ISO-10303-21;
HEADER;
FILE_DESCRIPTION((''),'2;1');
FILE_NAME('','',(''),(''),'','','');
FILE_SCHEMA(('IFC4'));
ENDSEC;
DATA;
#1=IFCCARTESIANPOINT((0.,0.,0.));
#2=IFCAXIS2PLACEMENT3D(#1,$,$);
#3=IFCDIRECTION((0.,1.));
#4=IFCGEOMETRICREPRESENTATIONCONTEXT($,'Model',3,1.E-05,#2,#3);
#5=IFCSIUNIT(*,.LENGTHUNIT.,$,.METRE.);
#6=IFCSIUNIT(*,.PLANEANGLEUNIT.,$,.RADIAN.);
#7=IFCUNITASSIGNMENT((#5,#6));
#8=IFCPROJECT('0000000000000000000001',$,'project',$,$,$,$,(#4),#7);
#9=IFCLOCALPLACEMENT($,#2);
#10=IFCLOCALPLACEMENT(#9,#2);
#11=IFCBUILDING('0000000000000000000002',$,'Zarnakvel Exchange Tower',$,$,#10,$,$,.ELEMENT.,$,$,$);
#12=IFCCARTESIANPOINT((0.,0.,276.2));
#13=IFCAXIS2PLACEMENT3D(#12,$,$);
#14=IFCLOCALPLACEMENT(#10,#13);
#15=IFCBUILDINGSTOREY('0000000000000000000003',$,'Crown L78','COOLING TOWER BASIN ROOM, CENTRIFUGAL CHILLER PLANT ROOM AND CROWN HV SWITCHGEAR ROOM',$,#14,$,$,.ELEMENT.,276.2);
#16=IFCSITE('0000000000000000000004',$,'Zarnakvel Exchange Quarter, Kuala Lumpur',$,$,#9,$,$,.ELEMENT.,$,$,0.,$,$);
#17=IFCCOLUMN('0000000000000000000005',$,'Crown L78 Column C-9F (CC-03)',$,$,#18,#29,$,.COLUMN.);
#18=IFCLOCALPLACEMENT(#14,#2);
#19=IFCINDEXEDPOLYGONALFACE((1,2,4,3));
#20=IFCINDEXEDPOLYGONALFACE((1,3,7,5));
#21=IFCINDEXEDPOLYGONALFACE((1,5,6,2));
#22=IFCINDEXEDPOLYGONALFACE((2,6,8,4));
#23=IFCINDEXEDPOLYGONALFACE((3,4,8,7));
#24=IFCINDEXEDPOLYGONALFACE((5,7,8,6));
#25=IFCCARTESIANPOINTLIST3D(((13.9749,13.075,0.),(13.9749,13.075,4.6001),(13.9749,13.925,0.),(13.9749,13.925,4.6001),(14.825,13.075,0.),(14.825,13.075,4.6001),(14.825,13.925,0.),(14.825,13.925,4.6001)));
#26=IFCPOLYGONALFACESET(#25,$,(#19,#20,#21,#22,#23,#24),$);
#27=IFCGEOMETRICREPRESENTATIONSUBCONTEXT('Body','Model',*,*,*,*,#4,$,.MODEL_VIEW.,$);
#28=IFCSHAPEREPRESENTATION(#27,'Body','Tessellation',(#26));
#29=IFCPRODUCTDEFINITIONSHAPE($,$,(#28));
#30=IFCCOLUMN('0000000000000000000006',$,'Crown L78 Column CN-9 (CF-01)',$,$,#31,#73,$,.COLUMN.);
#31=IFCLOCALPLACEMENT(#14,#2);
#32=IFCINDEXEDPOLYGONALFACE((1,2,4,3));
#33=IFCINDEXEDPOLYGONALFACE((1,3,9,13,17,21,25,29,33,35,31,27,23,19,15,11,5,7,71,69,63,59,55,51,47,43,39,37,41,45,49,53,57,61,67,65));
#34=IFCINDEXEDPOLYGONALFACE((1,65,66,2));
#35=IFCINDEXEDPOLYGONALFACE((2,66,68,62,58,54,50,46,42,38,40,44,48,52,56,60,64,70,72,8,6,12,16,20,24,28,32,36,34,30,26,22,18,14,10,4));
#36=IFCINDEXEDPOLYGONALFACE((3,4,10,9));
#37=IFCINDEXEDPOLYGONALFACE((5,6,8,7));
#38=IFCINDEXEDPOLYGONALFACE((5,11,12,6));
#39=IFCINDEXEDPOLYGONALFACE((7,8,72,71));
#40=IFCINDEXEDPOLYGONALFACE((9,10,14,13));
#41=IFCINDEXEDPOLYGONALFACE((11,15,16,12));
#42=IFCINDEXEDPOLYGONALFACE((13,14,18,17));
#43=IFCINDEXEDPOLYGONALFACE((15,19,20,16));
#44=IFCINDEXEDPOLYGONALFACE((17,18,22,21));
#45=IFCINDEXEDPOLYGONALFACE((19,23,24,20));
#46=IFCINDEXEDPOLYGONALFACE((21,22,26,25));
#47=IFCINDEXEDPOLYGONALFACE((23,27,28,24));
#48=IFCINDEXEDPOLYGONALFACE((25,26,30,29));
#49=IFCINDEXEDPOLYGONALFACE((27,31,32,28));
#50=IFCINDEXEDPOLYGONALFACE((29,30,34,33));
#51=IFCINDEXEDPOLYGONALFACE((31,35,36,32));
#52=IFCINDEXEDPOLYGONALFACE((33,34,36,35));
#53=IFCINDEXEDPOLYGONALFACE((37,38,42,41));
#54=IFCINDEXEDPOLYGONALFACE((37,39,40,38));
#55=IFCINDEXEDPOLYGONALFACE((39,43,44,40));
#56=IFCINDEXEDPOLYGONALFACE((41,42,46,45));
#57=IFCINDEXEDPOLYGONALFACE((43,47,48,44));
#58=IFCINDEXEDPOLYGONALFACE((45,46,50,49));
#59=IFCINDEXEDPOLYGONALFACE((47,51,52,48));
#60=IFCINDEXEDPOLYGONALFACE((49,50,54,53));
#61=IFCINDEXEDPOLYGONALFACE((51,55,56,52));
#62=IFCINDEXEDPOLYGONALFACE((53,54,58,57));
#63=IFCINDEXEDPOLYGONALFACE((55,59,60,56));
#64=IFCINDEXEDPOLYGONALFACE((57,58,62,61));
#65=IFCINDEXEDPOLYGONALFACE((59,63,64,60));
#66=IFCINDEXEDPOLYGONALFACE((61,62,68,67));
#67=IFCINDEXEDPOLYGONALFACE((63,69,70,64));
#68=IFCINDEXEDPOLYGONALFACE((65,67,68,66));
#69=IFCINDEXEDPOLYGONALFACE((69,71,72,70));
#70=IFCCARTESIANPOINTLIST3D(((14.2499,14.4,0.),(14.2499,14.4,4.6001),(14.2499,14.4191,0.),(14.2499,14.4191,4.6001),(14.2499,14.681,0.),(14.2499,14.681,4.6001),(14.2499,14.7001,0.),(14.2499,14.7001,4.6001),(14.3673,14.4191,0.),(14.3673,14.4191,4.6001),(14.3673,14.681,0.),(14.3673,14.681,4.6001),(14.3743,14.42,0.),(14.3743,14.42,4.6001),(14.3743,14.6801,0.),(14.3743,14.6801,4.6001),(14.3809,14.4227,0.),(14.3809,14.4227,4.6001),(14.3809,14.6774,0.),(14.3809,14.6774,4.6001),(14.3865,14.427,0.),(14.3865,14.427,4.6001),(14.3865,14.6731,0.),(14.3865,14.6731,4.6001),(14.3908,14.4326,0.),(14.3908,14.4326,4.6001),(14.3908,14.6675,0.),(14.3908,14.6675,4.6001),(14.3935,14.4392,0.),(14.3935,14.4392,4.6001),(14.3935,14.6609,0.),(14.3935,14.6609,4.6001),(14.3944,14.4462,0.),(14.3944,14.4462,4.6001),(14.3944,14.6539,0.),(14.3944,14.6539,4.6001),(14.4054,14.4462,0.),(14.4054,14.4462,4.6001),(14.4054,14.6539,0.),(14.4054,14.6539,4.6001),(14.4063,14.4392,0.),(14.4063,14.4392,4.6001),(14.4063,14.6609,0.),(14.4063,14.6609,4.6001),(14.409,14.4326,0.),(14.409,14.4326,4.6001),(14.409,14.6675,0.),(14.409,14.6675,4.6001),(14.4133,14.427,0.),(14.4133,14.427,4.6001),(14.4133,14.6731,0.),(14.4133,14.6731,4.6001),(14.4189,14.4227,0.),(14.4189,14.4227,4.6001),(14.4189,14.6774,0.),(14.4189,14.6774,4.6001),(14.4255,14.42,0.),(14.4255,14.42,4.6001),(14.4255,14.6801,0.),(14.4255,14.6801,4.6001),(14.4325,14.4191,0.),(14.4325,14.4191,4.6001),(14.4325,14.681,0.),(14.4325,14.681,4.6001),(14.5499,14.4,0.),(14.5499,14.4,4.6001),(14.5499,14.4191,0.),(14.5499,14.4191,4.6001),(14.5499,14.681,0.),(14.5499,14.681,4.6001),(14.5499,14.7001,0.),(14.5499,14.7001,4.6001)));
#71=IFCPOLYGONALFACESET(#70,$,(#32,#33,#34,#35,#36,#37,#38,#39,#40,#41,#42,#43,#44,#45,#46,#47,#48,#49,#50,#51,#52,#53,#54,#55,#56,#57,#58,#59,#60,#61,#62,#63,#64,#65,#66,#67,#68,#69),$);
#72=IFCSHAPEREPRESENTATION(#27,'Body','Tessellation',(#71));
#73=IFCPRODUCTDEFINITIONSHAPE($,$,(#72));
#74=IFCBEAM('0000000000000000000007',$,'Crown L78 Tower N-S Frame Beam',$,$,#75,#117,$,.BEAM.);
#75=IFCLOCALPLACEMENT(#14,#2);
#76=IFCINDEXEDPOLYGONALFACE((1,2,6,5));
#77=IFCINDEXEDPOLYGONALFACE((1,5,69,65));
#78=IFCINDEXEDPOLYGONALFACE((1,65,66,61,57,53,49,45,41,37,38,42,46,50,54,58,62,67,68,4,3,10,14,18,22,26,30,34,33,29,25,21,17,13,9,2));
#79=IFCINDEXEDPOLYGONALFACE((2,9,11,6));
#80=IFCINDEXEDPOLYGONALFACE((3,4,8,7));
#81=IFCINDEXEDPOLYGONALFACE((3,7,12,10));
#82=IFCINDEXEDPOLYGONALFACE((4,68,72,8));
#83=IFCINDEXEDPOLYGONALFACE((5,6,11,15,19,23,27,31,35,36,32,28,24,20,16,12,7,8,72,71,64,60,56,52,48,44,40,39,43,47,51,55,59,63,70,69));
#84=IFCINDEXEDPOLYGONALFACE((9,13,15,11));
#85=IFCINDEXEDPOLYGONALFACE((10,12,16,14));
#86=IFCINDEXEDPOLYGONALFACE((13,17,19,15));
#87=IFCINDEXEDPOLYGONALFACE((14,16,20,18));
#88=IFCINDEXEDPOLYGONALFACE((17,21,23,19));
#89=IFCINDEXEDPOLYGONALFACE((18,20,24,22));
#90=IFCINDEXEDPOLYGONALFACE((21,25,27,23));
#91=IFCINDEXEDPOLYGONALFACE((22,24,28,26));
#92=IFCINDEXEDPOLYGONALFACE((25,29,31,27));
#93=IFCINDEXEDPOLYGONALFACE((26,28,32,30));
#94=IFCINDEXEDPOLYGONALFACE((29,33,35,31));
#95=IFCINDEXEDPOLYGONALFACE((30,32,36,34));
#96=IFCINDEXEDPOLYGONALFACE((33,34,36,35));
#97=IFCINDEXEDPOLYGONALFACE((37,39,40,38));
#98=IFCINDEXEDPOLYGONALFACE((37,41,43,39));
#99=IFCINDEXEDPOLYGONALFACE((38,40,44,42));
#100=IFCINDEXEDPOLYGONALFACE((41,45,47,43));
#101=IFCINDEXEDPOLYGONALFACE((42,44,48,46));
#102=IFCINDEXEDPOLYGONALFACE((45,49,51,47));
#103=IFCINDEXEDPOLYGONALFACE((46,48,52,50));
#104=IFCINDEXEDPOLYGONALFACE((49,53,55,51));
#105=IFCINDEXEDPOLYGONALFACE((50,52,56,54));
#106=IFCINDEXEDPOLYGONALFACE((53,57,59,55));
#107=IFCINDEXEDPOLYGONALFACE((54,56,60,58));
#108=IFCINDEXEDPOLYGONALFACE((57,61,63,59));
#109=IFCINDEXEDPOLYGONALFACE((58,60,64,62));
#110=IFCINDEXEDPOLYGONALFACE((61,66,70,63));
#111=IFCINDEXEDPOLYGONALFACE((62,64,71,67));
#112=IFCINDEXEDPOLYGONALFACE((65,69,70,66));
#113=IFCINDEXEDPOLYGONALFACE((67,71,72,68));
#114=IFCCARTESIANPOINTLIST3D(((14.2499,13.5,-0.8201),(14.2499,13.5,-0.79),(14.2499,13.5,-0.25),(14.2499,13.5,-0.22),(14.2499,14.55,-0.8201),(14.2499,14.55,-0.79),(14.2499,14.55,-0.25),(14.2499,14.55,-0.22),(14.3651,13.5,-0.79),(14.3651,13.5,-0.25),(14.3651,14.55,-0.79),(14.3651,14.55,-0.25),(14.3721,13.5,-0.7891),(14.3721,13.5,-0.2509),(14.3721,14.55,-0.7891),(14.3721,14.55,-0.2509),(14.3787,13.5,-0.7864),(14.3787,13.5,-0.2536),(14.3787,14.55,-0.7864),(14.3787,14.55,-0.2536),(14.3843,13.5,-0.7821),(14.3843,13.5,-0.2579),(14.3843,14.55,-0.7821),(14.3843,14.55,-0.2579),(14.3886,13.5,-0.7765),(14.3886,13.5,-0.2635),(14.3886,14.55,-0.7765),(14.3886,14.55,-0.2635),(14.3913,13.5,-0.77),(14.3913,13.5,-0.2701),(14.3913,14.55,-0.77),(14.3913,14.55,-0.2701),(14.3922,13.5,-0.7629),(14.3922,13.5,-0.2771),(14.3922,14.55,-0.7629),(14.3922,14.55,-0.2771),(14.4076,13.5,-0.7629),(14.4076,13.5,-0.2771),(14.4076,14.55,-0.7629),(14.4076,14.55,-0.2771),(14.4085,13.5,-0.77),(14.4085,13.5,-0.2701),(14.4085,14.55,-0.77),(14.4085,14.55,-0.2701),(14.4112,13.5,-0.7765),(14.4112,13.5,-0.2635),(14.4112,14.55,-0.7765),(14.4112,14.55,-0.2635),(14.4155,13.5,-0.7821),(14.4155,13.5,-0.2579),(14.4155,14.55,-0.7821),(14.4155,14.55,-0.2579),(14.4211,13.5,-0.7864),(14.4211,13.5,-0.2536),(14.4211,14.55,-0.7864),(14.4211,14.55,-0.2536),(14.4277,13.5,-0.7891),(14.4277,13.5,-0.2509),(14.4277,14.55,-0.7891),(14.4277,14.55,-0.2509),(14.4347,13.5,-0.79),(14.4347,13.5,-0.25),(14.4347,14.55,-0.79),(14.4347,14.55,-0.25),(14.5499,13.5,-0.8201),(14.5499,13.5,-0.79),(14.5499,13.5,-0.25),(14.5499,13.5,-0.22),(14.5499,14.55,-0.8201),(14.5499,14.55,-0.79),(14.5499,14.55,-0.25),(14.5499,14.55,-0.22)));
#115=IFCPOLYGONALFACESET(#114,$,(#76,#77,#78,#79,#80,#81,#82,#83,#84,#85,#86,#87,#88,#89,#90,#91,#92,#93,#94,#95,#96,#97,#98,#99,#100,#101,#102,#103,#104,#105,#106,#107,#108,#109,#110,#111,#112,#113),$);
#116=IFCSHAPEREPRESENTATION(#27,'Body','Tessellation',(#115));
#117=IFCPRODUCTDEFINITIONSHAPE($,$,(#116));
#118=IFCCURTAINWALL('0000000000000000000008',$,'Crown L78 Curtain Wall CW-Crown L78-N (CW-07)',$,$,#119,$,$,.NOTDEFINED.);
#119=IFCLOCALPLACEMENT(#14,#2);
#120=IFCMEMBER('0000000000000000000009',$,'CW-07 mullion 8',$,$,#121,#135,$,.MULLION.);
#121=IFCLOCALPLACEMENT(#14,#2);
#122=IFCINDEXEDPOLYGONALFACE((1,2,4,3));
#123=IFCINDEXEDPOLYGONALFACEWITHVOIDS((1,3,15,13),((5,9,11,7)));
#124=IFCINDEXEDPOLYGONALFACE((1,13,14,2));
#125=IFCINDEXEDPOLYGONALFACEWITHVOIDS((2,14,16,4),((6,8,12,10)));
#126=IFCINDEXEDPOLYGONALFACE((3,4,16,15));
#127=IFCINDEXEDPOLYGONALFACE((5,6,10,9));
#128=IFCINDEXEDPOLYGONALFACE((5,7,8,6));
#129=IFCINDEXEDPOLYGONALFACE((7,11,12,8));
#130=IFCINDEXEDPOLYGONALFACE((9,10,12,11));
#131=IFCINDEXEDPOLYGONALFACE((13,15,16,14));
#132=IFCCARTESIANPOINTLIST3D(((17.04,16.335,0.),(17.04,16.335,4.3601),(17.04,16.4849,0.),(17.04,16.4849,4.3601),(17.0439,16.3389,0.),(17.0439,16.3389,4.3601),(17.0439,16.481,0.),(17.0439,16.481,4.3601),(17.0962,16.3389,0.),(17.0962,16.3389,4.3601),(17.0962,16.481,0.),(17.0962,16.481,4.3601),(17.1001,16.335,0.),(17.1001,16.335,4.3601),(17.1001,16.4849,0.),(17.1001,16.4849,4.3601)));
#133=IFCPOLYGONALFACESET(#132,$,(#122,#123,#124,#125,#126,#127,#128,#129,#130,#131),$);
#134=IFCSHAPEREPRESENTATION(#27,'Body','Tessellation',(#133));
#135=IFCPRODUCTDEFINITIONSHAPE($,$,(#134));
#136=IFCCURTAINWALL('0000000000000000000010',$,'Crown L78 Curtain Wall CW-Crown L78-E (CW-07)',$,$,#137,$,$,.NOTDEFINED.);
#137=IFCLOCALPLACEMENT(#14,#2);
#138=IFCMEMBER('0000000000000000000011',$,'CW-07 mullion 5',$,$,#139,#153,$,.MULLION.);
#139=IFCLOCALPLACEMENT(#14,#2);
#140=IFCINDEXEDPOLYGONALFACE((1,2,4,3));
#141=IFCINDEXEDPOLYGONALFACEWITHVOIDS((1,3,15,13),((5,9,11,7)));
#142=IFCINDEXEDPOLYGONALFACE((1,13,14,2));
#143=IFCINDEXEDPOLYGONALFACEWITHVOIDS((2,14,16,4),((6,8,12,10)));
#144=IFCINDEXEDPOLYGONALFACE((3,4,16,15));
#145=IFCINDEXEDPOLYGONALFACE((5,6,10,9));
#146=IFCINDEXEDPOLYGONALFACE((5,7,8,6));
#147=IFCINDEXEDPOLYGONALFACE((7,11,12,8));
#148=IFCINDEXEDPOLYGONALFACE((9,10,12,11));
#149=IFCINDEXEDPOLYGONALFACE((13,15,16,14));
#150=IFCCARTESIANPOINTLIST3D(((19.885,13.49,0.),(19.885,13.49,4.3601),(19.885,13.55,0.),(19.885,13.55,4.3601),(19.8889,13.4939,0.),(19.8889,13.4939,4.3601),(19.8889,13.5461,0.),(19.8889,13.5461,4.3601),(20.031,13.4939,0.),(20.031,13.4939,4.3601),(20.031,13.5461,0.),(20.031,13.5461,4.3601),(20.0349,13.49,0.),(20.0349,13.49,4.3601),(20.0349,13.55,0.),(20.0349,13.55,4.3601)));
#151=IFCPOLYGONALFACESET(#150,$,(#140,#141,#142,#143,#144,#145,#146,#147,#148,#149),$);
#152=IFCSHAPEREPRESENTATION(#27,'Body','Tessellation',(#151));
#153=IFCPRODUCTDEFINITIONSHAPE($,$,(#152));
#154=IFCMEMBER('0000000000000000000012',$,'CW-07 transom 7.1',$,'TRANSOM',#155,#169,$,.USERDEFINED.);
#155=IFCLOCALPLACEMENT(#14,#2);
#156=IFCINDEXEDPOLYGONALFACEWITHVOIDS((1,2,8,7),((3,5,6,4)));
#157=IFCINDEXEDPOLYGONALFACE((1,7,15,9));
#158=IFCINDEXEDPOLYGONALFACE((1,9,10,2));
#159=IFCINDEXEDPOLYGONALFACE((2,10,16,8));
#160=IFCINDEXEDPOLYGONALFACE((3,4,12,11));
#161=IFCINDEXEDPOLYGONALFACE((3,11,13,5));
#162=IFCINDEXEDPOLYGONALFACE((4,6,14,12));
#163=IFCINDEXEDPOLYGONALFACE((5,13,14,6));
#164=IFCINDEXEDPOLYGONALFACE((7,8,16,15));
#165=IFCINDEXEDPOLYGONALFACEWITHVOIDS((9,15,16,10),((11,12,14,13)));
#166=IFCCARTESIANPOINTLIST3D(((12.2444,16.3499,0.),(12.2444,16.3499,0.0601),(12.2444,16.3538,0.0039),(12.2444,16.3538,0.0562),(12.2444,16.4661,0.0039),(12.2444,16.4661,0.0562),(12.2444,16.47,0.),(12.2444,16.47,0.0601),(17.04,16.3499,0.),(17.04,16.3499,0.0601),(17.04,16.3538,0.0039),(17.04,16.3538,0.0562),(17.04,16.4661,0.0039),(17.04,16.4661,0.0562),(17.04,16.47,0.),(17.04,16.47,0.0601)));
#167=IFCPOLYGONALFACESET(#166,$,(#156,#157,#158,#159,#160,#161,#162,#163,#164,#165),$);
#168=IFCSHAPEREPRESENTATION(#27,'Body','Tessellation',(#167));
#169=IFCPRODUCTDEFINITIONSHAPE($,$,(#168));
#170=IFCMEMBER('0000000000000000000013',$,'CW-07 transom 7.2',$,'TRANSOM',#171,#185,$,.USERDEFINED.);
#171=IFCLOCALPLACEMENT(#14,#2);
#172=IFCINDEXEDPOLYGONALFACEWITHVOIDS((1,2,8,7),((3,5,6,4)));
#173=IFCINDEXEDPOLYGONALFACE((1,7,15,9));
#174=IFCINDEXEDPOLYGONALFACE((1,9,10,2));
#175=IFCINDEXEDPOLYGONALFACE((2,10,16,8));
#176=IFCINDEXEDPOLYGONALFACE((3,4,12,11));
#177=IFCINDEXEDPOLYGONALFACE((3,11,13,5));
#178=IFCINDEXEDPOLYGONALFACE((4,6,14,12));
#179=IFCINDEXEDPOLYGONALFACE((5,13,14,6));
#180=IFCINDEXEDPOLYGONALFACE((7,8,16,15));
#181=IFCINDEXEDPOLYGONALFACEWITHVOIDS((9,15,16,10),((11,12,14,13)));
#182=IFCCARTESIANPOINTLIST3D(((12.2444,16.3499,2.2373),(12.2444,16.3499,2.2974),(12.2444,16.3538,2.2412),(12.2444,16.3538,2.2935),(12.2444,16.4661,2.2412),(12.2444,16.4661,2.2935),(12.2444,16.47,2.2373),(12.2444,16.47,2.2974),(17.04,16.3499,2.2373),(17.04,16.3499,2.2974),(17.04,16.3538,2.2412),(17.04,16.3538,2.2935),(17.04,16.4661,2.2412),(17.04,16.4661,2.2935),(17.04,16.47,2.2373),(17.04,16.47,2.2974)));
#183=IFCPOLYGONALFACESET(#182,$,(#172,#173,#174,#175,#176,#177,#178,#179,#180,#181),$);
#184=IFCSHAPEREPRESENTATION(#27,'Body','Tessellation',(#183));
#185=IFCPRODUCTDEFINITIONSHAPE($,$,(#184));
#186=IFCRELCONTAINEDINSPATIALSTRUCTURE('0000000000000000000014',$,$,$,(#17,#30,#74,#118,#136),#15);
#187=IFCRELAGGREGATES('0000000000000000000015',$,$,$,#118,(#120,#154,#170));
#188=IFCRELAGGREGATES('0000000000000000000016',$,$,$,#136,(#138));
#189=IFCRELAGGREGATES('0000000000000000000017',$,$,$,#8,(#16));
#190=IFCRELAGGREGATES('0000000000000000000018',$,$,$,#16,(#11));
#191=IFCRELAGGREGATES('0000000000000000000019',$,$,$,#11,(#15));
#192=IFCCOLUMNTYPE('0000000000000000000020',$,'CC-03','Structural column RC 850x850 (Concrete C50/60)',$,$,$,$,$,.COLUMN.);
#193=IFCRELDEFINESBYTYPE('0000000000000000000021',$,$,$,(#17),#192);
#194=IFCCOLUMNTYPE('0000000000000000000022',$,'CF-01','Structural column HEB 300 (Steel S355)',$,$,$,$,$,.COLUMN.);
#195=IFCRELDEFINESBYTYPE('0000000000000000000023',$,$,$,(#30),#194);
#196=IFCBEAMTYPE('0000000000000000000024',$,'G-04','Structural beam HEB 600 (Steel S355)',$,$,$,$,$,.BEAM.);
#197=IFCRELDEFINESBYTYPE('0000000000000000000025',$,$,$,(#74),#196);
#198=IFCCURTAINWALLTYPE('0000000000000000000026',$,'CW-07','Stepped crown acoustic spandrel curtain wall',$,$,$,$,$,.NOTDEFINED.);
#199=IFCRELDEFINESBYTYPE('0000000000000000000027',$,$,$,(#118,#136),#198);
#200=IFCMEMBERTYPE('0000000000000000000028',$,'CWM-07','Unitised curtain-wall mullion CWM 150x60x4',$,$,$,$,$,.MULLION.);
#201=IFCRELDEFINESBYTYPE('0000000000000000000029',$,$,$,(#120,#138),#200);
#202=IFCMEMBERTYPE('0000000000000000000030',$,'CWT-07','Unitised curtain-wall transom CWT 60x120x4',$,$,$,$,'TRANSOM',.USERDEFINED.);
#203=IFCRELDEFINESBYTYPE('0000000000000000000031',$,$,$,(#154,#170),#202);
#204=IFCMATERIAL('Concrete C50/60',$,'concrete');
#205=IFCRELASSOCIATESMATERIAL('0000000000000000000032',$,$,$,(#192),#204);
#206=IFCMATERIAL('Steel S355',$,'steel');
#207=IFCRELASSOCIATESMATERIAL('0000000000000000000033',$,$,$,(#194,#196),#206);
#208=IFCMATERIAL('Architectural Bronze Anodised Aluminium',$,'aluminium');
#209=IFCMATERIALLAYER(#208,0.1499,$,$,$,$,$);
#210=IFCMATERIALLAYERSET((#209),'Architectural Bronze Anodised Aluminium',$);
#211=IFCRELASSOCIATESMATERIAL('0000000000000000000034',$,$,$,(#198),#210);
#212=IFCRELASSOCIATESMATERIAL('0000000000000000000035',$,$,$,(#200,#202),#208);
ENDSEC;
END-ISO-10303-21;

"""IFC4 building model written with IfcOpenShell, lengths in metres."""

from ifc_helpers import new_model, si_unit, direction, frame, origin, origin_2d, place, context, subcontext, project, spatial, rectangle, hollow_rectangle, i_section, extrude, source, transform, mapped, material, layer, layer_set, material_profile, profile_set, type_object, element, aggregate, save


model = new_model("IFC4")

# Units and contexts
model_context = context("Model", 3, precision=1e-05, world=origin(), true_north=direction((0.0, 1.0)))
body_context = subcontext(model_context, "Body", "Model", "MODEL_VIEW")
ifc_project = project(units=[si_unit("LENGTHUNIT", "METRE"), si_unit("PLANEANGLEUNIT", "RADIAN")], contexts=[model_context])

# Site, building, storey
site_placement = place(None, origin())
site = spatial("IfcSite", under=ifc_project, at=site_placement, Name="Zarnakvel Exchange Quarter, Kuala Lumpur", CompositionType="ELEMENT", RefElevation=0.0)
building_placement = place(site_placement, origin())
building = spatial("IfcBuilding", under=site, at=building_placement, Name="Zarnakvel Exchange Tower", CompositionType="ELEMENT")
storey_placement = place(building_placement, frame((0.0, 0.0, 276.2)))
storey = spatial("IfcBuildingStorey", under=building, at=storey_placement, Name="Crown L78", Description="COOLING TOWER BASIN ROOM, CENTRIFUGAL CHILLER PLANT ROOM AND CROWN HV SWITCHGEAR ROOM", CompositionType="ELEMENT", Elevation=276.2)

# Columns
ifc_material_1 = material(Name="Concrete C50/60", Category="concrete")
ifc_material_profile_1 = material_profile(ifc_material_1, rectangle(XDim=0.8501, YDim=0.8501, at=origin_2d()))
ifc_profile_set_1 = profile_set([ifc_material_profile_1], Name="Concrete C50/60")
column_type_1 = type_object("IfcColumnType", Name="CC-03", Description="Structural column RC 850x850 (Concrete C50/60)", PredefinedType="COLUMN", material=ifc_profile_set_1)
column_1_placement = place(storey_placement, frame((14.3999, 13.5, 0.0), z_axis=(0.0, 0.0, 1.0), x_axis=(1.0, 0.0, 0.0)))
element("IfcColumn", 1, at=column_1_placement, inside=storey, type_object=column_type_1, Name="Crown L78 Column C-9F (CC-03)", PredefinedType="COLUMN", context=body_context, shape_type="SweptSolid", body=[
    extrude(rectangle(XDim=0.8501, YDim=0.8501, at=origin_2d()), origin(), (0.0, 0.0, 1.0), 4.6001),
])
ifc_material_2 = material(Name="Steel S355", Category="steel")
ifc_material_profile_2 = material_profile(ifc_material_2, i_section(OverallWidth=0.3, OverallDepth=0.3, WebThickness=0.011, FlangeThickness=0.019, FilletRadius=0.0271, at=origin_2d()))
ifc_profile_set_2 = profile_set([ifc_material_profile_2], Name="Steel S355")
column_type_2 = type_object("IfcColumnType", Name="CF-01", Description="Structural column HEB 300 (Steel S355)", PredefinedType="COLUMN", material=ifc_profile_set_2)
column_2_placement = place(storey_placement, frame((14.3999, 14.55, 0.0), z_axis=(0.0, 0.0, 1.0), x_axis=(1.0, 0.0, 0.0)))
element("IfcColumn", 2, at=column_2_placement, inside=storey, type_object=column_type_2, Name="Crown L78 Column CN-9 (CF-01)", PredefinedType="COLUMN", context=body_context, shape_type="SweptSolid", body=[
    extrude(i_section(OverallWidth=0.3, OverallDepth=0.3, WebThickness=0.011, FlangeThickness=0.019, FilletRadius=0.0271, at=origin_2d()), origin(), (0.0, 0.0, 1.0), 4.6001),
])

# Beam
ifc_material_profile_3 = material_profile(ifc_material_2, i_section(OverallWidth=0.3, OverallDepth=0.6001, WebThickness=0.0154, FlangeThickness=0.03, FilletRadius=0.0271, at=origin_2d()))
ifc_profile_set_3 = profile_set([ifc_material_profile_3], Name="Steel S355")
beam_type = type_object("IfcBeamType", Name="G-04", Description="Structural beam HEB 600 (Steel S355)", PredefinedType="BEAM", material=ifc_profile_set_3)
beam_placement = place(storey_placement, frame((14.3999, 13.5, -0.52), z_axis=(0.0, 1.0, 0.0), x_axis=(-1.0, 0.0, 0.0)))
element("IfcBeam", 3, at=beam_placement, inside=storey, type_object=beam_type, Name="Crown L78 Tower N-S Frame Beam", PredefinedType="BEAM", context=body_context, shape_type="SweptSolid", body=[
    extrude(i_section(OverallWidth=0.3, OverallDepth=0.6001, WebThickness=0.0154, FlangeThickness=0.03, FilletRadius=0.0271, at=origin_2d()), origin(), (0.0, 0.0, 1.0), 1.05),
])

# Curtain walls, members
ifc_material_3 = material(Name="Architectural Bronze Anodised Aluminium", Category="aluminium")
ifc_layer_1 = layer(ifc_material_3, 0.1499)
ifc_layer_set_1 = layer_set([ifc_layer_1], Name="Architectural Bronze Anodised Aluminium")
curtain_wall_type = type_object("IfcCurtainWallType", Name="CW-07", Description="Stepped crown acoustic spandrel curtain wall", PredefinedType="NOTDEFINED", material=ifc_layer_set_1)
curtain_wall_1_placement = place(storey_placement, origin())
curtain_wall_1 = element("IfcCurtainWall", 4, at=curtain_wall_1_placement, inside=storey, type_object=curtain_wall_type, Name="Crown L78 Curtain Wall CW-Crown L78-N (CW-07)", PredefinedType="NOTDEFINED")
ifc_material_profile_4 = material_profile(ifc_material_3, hollow_rectangle(XDim=0.1499, YDim=0.0601, WallThickness=0.0039, at=origin_2d()))
ifc_profile_set_4 = profile_set([ifc_material_profile_4], Name="Architectural Bronze Anodised Aluminium")
member_type_1 = type_object("IfcMemberType", Name="CWM-07", Description="Unitised curtain-wall mullion CWM 150x60x4", PredefinedType="MULLION", material=ifc_profile_set_4)
shared_shape_1 = source(origin(), body_context, "Body", "SweptSolid", [
    extrude(hollow_rectangle(XDim=0.1499, YDim=0.0601, WallThickness=0.0039, at=origin_2d()), origin(), (0.0, 0.0, 1.0), 4.3601),
])
member_1_placement = place(storey_placement, frame((17.0701, 16.4099, 0.0), z_axis=(0.0, 0.0, 1.0), x_axis=(0.0, 1.0, 0.0)))
member_1 = element("IfcMember", 5, at=member_1_placement, type_object=member_type_1, Name="CW-07 mullion 8", PredefinedType="MULLION", context=body_context, shape_type="MappedRepresentation", body=[
    mapped(shared_shape_1, transform((0.0, 0.0, 0.0), x_axis=(1.0, 0.0, 0.0), y_axis=(0.0, 1.0, 0.0), z_axis=(0.0, 0.0, 1.0), scale=1.0)),
])
curtain_wall_2_placement = place(storey_placement, origin())
curtain_wall_2 = element("IfcCurtainWall", 6, at=curtain_wall_2_placement, inside=storey, type_object=curtain_wall_type, Name="Crown L78 Curtain Wall CW-Crown L78-E (CW-07)", PredefinedType="NOTDEFINED")
member_2_placement = place(storey_placement, frame((19.96, 13.52, 0.0), z_axis=(0.0, 0.0, 1.0), x_axis=(-1.0, 0.0, 0.0)))
member_2 = element("IfcMember", 7, at=member_2_placement, type_object=member_type_1, Name="CW-07 mullion 5", PredefinedType="MULLION", context=body_context, shape_type="MappedRepresentation", body=[
    mapped(shared_shape_1, transform((0.0, 0.0, 0.0), x_axis=(1.0, 0.0, 0.0), y_axis=(0.0, 1.0, 0.0), z_axis=(0.0, 0.0, 1.0), scale=1.0)),
])

# Members
ifc_material_profile_5 = material_profile(ifc_material_3, hollow_rectangle(XDim=0.1201, YDim=0.0601, WallThickness=0.0039, at=origin_2d()))
ifc_profile_set_5 = profile_set([ifc_material_profile_5], Name="Architectural Bronze Anodised Aluminium")
member_type_2 = type_object("IfcMemberType", Name="CWT-07", Description="Unitised curtain-wall transom CWT 60x120x4", ElementType="TRANSOM", PredefinedType="USERDEFINED", material=ifc_profile_set_5)
shared_shape_2 = source(origin(), body_context, "Body", "SweptSolid", [
    extrude(hollow_rectangle(XDim=0.1201, YDim=0.0601, WallThickness=0.0039, at=origin_2d()), origin(), (0.0, 0.0, 1.0), 4.7957),
])
member_3_placement = place(storey_placement, frame((12.2444, 16.4099, 0.03), z_axis=(1.0, 0.0, 0.0), x_axis=(0.0, 1.0, 0.0)))
member_3 = element("IfcMember", 8, at=member_3_placement, type_object=member_type_2, Name="CW-07 transom 7.1", ObjectType="TRANSOM", PredefinedType="USERDEFINED", context=body_context, shape_type="MappedRepresentation", body=[
    mapped(shared_shape_2, transform((0.0, 0.0, 0.0), x_axis=(1.0, 0.0, 0.0), y_axis=(0.0, 1.0, 0.0), z_axis=(0.0, 0.0, 1.0), scale=1.0)),
])
member_4_placement = place(storey_placement, frame((12.2444, 16.4099, 2.2673), z_axis=(1.0, 0.0, 0.0), x_axis=(0.0, 1.0, 0.0)))
member_4 = element("IfcMember", 9, at=member_4_placement, type_object=member_type_2, Name="CW-07 transom 7.2", ObjectType="TRANSOM", PredefinedType="USERDEFINED", context=body_context, shape_type="MappedRepresentation", body=[
    mapped(shared_shape_2, transform((0.0, 0.0, 0.0), x_axis=(1.0, 0.0, 0.0), y_axis=(0.0, 1.0, 0.0), z_axis=(0.0, 0.0, 1.0), scale=1.0)),
])

aggregate(curtain_wall_1, [member_1, member_3, member_4])
aggregate(curtain_wall_2, [member_2])

save(model, "model.ifc")
